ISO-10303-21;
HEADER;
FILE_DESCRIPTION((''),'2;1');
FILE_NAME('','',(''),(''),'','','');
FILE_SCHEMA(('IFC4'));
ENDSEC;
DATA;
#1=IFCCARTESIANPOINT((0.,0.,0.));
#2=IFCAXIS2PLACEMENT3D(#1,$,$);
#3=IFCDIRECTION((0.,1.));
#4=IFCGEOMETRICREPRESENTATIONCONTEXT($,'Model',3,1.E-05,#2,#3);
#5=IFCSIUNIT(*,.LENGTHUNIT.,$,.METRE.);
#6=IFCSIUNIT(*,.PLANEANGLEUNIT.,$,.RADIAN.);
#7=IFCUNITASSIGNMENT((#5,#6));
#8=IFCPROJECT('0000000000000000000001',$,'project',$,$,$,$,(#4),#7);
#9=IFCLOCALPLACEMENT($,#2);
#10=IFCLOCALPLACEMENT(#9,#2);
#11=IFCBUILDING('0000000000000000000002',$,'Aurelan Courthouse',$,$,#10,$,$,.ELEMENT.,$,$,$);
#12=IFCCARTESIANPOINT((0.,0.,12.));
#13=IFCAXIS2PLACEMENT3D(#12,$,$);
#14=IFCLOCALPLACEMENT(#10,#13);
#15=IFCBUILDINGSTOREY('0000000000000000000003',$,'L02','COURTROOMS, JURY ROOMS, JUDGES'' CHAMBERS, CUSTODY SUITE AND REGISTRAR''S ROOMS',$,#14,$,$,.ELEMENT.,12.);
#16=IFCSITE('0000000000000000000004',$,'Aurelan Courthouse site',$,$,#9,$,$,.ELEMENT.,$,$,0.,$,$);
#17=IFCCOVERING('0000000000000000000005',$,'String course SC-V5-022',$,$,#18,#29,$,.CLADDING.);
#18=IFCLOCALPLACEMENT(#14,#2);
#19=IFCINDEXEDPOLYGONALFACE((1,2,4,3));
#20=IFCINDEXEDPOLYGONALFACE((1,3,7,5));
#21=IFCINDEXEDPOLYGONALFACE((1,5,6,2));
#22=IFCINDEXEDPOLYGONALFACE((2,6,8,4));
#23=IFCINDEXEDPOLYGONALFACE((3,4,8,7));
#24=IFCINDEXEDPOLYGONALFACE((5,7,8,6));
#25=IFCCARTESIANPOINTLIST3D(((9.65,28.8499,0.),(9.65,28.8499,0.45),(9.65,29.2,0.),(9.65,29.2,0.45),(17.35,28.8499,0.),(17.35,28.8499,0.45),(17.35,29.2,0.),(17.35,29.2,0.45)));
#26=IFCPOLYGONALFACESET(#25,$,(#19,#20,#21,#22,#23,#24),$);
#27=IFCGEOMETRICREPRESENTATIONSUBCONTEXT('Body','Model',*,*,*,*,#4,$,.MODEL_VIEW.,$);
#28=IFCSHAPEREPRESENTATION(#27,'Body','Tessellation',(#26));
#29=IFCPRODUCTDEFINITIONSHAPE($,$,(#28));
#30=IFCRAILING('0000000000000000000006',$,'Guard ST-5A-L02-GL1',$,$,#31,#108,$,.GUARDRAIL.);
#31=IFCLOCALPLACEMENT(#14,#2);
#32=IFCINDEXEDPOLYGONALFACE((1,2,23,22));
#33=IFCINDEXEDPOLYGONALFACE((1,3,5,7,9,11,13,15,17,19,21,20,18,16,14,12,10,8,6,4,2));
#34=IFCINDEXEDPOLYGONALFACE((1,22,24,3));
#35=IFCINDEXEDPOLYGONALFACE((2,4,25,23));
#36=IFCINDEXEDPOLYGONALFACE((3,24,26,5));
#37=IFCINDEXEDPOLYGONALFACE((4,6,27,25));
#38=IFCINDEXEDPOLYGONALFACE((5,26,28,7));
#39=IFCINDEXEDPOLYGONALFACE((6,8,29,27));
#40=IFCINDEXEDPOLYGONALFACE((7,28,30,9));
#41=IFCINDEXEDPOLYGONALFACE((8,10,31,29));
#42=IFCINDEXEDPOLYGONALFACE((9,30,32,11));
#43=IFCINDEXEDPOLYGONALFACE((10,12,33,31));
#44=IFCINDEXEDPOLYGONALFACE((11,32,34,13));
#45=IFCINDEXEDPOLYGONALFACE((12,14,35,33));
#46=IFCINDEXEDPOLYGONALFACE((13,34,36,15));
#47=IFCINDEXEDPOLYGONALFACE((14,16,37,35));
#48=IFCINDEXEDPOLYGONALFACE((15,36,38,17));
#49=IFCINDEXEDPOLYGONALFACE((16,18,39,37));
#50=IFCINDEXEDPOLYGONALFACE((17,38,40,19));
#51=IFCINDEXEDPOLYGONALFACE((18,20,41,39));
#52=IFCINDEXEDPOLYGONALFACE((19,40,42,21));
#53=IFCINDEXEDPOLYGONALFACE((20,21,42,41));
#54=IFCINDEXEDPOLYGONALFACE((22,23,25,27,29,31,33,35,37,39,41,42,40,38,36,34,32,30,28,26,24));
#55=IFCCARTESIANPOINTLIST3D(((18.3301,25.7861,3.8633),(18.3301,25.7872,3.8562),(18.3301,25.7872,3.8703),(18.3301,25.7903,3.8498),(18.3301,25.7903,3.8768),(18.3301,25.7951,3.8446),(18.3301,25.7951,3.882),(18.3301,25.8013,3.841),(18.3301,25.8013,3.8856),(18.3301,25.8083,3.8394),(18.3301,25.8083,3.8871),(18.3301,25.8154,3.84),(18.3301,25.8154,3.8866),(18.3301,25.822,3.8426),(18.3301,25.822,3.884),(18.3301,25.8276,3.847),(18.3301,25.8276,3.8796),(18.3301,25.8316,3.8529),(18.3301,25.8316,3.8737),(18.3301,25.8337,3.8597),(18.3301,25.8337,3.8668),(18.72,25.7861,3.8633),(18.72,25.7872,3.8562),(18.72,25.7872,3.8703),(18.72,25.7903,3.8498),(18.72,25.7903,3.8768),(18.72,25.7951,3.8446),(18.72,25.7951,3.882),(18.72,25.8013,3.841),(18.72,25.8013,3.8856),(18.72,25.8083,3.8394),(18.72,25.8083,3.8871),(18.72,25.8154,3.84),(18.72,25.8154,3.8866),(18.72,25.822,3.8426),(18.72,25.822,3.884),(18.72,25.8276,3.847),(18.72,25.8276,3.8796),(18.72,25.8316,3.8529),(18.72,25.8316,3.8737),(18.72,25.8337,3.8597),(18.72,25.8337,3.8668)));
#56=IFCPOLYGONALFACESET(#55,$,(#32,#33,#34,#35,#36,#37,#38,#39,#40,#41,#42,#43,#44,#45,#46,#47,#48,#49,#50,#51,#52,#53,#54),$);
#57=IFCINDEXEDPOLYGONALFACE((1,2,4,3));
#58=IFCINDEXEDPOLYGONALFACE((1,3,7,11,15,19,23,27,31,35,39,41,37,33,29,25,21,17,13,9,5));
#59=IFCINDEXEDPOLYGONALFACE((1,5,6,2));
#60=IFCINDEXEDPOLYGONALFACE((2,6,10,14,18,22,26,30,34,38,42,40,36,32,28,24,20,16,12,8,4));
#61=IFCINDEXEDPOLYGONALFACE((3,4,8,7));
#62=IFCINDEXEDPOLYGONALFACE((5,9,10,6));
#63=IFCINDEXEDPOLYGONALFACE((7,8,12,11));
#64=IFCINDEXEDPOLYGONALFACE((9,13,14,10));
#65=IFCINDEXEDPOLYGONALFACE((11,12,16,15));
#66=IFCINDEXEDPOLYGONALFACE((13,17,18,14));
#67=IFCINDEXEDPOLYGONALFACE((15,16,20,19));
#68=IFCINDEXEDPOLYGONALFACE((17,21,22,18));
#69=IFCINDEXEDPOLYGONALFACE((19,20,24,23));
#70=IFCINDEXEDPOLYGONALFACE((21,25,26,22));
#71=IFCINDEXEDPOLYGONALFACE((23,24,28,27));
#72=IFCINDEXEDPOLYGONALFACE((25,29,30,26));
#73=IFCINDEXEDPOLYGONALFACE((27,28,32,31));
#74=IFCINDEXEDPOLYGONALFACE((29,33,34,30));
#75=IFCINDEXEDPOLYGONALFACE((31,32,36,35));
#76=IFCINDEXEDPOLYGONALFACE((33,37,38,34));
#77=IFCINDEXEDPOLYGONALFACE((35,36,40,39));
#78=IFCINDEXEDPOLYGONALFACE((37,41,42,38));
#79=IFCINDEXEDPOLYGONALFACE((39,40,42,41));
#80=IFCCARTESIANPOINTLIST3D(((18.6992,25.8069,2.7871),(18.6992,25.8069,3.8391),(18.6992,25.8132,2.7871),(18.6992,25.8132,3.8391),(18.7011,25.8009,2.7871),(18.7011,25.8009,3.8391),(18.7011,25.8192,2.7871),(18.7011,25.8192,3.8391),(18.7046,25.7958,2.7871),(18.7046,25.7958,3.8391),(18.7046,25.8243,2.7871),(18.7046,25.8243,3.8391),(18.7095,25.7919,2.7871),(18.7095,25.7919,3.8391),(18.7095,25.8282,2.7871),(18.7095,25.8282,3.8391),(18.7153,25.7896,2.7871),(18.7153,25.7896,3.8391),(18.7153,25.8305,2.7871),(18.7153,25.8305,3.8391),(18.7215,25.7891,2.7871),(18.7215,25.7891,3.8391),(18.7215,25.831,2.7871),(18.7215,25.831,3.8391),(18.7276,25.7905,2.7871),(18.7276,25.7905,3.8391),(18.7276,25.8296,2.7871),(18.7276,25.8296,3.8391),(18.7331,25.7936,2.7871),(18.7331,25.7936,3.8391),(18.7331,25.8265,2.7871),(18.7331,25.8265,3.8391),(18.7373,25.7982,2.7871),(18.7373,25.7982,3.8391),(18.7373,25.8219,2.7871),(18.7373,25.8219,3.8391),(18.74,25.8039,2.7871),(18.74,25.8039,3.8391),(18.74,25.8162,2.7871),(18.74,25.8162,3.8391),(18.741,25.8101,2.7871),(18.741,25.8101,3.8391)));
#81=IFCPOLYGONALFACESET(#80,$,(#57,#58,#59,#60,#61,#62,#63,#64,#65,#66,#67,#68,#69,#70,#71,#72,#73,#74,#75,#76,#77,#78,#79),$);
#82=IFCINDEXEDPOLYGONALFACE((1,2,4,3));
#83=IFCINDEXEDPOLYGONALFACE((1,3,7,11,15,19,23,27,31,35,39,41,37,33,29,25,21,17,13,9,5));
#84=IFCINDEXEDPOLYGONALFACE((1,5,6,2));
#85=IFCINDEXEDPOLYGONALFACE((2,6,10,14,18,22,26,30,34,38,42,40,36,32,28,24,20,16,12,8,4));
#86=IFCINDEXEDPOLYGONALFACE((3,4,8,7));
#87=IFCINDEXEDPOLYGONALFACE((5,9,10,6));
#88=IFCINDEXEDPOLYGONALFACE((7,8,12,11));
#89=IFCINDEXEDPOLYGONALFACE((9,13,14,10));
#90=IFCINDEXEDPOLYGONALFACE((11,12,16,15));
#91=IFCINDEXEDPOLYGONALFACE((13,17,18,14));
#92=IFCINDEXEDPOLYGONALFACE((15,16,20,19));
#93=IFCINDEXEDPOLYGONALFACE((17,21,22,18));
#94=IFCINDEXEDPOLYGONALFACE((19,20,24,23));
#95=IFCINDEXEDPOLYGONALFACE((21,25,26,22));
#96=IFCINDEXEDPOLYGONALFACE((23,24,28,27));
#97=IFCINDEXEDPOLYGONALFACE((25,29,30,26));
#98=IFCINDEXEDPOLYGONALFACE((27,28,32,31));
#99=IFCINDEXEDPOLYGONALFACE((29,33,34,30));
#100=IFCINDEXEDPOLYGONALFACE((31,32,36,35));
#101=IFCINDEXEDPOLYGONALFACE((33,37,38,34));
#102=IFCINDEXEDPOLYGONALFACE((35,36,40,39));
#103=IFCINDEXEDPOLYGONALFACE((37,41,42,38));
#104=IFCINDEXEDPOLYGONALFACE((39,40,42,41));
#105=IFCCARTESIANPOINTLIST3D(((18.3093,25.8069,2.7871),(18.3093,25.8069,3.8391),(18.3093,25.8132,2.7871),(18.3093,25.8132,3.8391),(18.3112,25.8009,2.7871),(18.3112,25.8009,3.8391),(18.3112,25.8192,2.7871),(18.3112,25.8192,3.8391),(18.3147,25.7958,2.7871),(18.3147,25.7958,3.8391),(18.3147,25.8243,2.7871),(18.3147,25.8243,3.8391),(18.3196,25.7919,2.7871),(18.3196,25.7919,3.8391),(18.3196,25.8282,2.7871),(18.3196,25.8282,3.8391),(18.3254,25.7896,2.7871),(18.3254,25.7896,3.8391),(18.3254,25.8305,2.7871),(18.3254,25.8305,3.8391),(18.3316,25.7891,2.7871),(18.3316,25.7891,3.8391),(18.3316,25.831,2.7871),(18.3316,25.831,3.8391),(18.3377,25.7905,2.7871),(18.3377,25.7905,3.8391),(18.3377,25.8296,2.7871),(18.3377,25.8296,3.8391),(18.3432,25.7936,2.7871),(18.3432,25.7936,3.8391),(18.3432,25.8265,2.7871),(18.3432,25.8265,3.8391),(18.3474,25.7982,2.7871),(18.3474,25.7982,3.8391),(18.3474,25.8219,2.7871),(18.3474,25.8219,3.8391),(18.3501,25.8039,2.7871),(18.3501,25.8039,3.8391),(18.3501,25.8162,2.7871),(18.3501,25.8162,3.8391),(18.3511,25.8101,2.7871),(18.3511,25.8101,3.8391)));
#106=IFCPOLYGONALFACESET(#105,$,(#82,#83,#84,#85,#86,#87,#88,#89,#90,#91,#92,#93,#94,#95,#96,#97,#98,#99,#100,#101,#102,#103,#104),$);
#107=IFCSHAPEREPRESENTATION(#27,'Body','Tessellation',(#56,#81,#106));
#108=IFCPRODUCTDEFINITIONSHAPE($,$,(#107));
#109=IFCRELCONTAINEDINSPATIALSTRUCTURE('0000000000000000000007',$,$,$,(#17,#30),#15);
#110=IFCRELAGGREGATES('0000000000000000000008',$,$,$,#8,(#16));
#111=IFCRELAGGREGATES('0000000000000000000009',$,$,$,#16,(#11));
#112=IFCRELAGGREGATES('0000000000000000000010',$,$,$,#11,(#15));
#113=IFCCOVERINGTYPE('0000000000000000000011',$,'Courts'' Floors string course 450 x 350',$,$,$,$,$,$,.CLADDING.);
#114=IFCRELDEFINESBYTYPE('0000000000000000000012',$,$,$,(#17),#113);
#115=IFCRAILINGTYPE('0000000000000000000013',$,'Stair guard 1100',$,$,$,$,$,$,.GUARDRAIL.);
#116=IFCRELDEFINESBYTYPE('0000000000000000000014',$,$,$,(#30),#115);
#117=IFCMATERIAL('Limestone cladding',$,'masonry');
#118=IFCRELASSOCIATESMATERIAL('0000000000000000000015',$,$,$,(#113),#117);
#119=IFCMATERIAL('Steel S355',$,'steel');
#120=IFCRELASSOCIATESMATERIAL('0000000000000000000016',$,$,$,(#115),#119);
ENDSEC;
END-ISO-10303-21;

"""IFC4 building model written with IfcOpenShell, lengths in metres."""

from ifc_helpers import new_model, si_unit, direction, frame, origin, origin_2d, place, context, subcontext, project, spatial, rectangle, circle, extrude, material, type_object, element, save


model = new_model("IFC4")

# Units and contexts
model_context = context("Model", 3, precision=1e-05, world=origin(), true_north=direction((0.0, 1.0)))
body_context = subcontext(model_context, "Body", "Model", "MODEL_VIEW")
ifc_project = project(units=[si_unit("LENGTHUNIT", "METRE"), si_unit("PLANEANGLEUNIT", "RADIAN")], contexts=[model_context])

# Site, building, storey
site_placement = place(None, origin())
site = spatial("IfcSite", under=ifc_project, at=site_placement, Name="Aurelan Courthouse site", CompositionType="ELEMENT", RefElevation=0.0)
building_placement = place(site_placement, origin())
building = spatial("IfcBuilding", under=site, at=building_placement, Name="Aurelan Courthouse", CompositionType="ELEMENT")
storey_placement = place(building_placement, frame((0.0, 0.0, 12.0)))
storey = spatial("IfcBuildingStorey", under=building, at=storey_placement, Name="L02", Description="COURTROOMS, JURY ROOMS, JUDGES' CHAMBERS, CUSTODY SUITE AND REGISTRAR'S ROOMS", CompositionType="ELEMENT", Elevation=12.0)

# Shared definitions
ifc_material_1 = material(Name="Limestone cladding", Category="masonry")

# Covering
covering_type_1 = type_object("IfcCoveringType", Name="Courts' Floors string course 450 x 350", PredefinedType="CLADDING", material=ifc_material_1)
covering_placement = place(storey_placement, frame((13.5, 29.0249, 0.0), z_axis=(0.0, 0.0, 1.0), x_axis=(1.0, 0.0, 0.0)))
element("IfcCovering", 1, at=covering_placement, inside=storey, type_object=covering_type_1, Name="String course SC-V5-022", PredefinedType="CLADDING", context=body_context, shape_type="SweptSolid", body=[
    extrude(rectangle(XDim=7.7, YDim=0.3501, at=origin_2d()), origin(), (0.0, 0.0, 1.0), 0.45),
])

# Railing
ifc_material_2 = material(Name="Steel S355", Category="steel")
railing_type_1 = type_object("IfcRailingType", Name="Stair guard 1100", PredefinedType="GUARDRAIL", material=ifc_material_2)
railing_placement = place(storey_placement, frame((18.72, 25.8101, 2.7871)))
element("IfcRailing", 2, at=railing_placement, inside=storey, type_object=railing_type_1, Name="Guard ST-5A-L02-GL1", PredefinedType="GUARDRAIL", context=body_context, shape_type="SweptSolid", body=[
    extrude(circle(Radius=0.0239, at=origin_2d()), frame((0.0, 0.0, 1.0762), z_axis=(-1.0, 0.0, 0.0), x_axis=(0.0, -1.0, 0.0)), (0.0, 0.0, 1.0), 0.3899),
    extrude(circle(Radius=0.021, at=origin_2d()), origin(), (0.0, 0.0, 1.0), 1.052),
    extrude(circle(Radius=0.021, at=origin_2d()), frame((-0.3899, 0.0, 0.0)), (0.0, 0.0, 1.0), 1.052),
])

save(model, "model.ifc")
